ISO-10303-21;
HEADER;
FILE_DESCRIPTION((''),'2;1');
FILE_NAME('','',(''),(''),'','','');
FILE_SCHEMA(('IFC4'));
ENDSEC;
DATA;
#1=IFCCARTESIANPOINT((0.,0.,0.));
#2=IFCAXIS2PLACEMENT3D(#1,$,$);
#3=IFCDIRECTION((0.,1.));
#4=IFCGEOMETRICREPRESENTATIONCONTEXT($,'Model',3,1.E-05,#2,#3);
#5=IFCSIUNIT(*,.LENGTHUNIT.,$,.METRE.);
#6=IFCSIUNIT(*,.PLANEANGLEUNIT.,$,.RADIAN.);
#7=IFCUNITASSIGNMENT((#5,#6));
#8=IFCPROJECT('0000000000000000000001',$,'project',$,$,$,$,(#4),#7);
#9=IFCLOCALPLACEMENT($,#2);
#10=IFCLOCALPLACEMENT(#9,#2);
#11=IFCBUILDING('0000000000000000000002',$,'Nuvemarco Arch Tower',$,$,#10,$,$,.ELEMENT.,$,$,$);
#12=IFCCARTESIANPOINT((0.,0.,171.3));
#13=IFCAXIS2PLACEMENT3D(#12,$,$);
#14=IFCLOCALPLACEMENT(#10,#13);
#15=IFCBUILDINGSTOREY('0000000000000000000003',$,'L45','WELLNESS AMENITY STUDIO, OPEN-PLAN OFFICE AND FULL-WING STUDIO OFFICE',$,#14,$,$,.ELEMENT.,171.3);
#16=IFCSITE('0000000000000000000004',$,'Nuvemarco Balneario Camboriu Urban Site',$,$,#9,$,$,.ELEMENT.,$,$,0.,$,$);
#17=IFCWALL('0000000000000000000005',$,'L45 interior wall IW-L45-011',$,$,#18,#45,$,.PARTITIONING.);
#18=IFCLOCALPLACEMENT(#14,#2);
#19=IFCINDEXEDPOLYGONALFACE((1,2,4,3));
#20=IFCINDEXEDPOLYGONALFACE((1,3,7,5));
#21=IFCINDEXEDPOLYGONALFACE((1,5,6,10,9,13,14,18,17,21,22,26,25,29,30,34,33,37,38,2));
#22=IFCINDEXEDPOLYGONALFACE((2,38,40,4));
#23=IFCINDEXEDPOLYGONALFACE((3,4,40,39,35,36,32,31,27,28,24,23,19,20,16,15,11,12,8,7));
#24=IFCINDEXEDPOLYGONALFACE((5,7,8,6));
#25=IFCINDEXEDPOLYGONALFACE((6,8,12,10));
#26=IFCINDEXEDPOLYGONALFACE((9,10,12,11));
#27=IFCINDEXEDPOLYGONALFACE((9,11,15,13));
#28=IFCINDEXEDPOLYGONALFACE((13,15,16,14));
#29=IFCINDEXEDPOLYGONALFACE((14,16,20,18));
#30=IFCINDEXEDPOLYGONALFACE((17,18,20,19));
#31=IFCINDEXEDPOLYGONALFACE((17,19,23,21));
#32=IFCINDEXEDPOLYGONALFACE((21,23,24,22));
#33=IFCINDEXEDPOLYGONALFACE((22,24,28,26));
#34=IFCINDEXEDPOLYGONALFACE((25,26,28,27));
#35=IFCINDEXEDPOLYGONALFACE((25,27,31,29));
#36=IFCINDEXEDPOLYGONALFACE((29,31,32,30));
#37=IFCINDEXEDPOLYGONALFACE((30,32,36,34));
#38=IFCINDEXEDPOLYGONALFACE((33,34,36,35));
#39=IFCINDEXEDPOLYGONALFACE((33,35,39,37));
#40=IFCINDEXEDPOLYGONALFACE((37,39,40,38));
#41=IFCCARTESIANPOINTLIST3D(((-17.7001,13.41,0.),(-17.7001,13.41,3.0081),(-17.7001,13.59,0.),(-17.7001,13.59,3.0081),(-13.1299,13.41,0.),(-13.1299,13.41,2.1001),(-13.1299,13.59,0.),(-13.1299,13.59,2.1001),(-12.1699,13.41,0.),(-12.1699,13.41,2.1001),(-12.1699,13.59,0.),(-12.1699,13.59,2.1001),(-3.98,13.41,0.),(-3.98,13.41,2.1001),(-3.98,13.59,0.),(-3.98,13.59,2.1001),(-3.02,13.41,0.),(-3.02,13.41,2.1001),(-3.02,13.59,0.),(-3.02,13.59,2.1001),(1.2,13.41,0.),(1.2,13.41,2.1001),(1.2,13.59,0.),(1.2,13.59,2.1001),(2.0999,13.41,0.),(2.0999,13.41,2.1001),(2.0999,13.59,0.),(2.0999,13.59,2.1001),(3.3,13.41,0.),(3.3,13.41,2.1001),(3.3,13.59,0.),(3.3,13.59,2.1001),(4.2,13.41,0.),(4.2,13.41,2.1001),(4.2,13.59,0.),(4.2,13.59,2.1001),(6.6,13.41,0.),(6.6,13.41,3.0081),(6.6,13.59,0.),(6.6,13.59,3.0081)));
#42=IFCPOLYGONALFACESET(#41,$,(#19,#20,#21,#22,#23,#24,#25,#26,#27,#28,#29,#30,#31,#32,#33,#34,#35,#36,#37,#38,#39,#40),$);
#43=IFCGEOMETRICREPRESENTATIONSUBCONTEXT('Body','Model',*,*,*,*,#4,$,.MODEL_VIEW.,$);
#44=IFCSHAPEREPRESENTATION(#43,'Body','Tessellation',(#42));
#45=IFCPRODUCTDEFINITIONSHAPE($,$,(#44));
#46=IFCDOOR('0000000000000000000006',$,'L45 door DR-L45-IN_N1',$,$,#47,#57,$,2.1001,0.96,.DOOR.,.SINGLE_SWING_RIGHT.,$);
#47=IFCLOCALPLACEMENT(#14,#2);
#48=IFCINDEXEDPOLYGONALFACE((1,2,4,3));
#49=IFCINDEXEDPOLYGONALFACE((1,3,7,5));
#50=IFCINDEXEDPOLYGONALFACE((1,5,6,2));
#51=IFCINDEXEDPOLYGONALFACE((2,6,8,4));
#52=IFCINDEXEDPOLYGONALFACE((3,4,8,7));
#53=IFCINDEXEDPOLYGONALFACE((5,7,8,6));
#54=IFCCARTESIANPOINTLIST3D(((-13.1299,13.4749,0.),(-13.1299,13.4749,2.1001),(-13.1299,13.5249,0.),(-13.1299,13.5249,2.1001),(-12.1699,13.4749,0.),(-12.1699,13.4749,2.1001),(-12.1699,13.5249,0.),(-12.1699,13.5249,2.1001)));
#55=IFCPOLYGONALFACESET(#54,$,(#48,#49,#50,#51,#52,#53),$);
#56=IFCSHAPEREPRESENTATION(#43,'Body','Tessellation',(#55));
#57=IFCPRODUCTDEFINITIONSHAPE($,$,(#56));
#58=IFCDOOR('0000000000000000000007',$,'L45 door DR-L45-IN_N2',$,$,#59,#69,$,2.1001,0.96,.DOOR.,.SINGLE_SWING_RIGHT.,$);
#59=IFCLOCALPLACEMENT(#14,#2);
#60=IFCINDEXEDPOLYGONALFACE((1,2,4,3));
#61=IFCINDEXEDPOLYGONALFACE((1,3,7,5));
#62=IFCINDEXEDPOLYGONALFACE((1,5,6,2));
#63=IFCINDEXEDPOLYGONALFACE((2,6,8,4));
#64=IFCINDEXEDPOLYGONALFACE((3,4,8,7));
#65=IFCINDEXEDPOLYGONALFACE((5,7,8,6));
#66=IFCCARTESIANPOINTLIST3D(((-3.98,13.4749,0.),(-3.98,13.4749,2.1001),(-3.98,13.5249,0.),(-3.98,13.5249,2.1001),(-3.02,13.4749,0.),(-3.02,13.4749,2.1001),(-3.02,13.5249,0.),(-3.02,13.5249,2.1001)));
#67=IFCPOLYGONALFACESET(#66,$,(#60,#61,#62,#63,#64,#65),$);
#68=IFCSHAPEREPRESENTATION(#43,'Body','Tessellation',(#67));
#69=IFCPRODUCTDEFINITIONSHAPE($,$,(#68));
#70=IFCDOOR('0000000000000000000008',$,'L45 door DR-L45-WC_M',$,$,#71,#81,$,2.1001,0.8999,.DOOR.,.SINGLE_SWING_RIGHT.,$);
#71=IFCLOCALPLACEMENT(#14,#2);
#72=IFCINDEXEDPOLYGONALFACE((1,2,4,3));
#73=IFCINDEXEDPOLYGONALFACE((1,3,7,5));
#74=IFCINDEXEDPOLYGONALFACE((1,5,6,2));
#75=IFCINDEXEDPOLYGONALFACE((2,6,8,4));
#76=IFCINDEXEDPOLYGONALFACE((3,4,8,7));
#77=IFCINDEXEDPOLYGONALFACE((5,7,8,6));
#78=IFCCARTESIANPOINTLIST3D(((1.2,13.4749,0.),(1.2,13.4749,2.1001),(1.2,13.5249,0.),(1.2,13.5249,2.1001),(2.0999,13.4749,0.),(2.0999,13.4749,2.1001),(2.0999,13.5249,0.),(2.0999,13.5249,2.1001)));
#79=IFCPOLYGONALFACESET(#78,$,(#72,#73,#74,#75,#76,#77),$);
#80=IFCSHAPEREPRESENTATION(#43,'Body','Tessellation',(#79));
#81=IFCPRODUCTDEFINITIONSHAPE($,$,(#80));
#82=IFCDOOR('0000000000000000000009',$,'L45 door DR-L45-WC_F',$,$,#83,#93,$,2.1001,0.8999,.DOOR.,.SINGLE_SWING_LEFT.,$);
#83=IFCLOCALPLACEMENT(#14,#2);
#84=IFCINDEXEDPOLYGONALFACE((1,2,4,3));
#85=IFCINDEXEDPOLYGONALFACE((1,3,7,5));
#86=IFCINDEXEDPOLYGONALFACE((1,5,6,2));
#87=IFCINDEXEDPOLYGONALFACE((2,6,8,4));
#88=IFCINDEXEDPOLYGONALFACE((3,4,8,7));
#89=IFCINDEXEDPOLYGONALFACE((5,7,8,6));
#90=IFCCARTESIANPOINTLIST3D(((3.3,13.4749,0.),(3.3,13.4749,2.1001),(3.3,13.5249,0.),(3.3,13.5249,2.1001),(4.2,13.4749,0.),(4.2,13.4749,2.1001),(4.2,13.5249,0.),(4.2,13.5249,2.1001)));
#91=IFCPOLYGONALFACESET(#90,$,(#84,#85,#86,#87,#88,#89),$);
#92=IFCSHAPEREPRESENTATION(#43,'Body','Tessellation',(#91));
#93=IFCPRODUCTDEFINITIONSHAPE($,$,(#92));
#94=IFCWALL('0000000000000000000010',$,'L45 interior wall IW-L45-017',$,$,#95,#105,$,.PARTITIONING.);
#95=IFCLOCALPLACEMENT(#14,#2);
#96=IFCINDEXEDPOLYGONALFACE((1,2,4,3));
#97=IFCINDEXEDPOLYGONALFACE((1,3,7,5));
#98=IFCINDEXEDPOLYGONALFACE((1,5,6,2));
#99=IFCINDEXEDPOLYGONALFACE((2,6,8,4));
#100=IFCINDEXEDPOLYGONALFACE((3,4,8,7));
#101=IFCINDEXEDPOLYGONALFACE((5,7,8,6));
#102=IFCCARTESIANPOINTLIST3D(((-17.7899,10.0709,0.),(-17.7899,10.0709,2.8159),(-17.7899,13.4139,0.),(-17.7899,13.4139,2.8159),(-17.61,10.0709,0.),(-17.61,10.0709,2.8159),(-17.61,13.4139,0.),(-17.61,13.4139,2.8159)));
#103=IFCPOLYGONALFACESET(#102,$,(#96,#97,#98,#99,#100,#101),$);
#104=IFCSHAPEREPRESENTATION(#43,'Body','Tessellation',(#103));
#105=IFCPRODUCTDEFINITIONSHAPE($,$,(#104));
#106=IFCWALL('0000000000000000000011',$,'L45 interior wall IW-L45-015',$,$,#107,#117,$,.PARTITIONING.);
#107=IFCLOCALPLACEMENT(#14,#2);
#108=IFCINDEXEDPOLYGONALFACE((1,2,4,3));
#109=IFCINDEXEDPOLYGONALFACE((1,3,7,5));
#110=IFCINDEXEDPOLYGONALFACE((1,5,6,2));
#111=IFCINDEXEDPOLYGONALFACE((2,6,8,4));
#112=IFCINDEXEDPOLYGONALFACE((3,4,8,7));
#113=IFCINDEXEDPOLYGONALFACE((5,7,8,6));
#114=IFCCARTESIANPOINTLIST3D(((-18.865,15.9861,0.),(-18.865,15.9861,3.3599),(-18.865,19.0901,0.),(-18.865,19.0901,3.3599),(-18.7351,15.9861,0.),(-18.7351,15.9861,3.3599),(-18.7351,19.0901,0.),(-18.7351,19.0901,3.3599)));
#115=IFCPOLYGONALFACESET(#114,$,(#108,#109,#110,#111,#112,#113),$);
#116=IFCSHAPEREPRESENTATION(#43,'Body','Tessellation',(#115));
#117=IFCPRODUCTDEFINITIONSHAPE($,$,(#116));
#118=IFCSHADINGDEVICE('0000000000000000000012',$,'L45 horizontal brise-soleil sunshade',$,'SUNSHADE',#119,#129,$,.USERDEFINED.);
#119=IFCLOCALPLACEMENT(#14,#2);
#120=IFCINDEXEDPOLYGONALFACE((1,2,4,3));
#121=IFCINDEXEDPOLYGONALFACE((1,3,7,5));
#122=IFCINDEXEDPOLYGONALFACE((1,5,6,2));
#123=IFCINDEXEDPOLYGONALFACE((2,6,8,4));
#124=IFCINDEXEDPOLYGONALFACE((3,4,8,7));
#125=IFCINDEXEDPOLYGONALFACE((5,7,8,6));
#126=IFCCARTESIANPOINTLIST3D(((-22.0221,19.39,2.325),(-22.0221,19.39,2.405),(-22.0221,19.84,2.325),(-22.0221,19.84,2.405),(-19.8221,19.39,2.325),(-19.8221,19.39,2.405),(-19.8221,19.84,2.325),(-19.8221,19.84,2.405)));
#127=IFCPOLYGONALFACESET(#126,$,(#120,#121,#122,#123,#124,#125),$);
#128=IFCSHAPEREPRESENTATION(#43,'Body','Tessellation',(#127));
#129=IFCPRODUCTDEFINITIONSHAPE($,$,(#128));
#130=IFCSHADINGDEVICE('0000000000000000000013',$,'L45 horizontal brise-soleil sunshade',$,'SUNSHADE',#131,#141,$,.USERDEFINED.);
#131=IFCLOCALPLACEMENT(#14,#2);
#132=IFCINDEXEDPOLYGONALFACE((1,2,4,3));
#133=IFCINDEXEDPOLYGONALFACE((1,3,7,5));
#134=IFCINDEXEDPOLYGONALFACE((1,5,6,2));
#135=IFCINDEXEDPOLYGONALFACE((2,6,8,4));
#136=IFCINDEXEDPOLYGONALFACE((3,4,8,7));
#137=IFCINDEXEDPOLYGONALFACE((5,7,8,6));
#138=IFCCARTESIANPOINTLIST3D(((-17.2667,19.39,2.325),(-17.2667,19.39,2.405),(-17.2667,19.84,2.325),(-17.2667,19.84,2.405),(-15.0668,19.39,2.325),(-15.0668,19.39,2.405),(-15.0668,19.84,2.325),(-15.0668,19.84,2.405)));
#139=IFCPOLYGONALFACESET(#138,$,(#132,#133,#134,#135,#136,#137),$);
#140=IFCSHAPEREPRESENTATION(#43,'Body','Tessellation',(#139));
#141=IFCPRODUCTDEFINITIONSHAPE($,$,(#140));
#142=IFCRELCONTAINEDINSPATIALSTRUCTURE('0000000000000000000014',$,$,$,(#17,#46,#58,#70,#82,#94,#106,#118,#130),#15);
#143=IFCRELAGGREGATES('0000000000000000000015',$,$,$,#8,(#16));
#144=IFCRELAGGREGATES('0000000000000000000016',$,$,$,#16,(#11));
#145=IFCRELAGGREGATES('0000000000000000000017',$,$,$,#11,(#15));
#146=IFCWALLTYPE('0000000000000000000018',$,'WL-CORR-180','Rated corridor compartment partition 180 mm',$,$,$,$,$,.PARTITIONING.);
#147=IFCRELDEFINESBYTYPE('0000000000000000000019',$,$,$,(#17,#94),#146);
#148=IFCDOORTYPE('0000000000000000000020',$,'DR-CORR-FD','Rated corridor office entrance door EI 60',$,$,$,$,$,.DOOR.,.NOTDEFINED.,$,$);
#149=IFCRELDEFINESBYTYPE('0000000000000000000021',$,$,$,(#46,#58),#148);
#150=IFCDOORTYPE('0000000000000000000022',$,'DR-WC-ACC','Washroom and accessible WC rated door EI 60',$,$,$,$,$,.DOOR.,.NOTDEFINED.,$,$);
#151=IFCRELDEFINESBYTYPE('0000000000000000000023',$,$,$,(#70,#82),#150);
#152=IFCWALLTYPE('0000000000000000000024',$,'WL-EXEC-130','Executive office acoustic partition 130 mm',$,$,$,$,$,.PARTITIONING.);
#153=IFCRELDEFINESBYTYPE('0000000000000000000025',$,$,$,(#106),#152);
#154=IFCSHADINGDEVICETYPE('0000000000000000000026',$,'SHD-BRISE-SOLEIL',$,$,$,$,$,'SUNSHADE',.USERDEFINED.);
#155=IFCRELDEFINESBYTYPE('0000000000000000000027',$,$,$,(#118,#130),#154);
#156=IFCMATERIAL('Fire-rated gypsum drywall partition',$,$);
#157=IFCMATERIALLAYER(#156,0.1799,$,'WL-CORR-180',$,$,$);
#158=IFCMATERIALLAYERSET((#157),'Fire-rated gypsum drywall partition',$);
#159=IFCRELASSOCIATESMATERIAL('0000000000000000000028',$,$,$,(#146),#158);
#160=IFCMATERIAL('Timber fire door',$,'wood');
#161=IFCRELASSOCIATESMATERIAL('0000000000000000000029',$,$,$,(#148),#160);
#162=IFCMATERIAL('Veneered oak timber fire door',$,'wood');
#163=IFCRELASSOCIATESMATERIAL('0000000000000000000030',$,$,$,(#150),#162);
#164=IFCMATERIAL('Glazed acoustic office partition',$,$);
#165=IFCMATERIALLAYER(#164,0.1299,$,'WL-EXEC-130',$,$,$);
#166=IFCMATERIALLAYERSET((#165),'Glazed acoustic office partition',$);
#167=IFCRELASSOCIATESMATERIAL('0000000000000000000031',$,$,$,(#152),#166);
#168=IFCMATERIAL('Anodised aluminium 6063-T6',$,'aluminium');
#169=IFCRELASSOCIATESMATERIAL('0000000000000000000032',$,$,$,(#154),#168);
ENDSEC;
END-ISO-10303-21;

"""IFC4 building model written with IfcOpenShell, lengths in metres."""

from ifc_helpers import new_model, si_unit, direction, frame, frame_2d, origin, origin_2d, place, context, subcontext, project, spatial, rectangle, extrude, source, transform, mapped, material, layer, layer_set, type_object, type_shapes, element, fill, save


model = new_model("IFC4")

# Units and contexts
model_context = context("Model", 3, precision=1e-05, world=origin(), true_north=direction((0.0, 1.0)))
body_context = subcontext(model_context, "Body", "Model", "MODEL_VIEW")
ifc_project = project(units=[si_unit("LENGTHUNIT", "METRE"), si_unit("PLANEANGLEUNIT", "RADIAN")], contexts=[model_context])

# Site, building, storey
site_placement = place(None, origin())
site = spatial("IfcSite", under=ifc_project, at=site_placement, Name="Nuvemarco Balneario Camboriu Urban Site", CompositionType="ELEMENT", RefElevation=0.0)
building_placement = place(site_placement, origin())
building = spatial("IfcBuilding", under=site, at=building_placement, Name="Nuvemarco Arch Tower", CompositionType="ELEMENT")
storey_placement = place(building_placement, frame((0.0, 0.0, 171.3)))
storey = spatial("IfcBuildingStorey", under=building, at=storey_placement, Name="L45", Description="WELLNESS AMENITY STUDIO, OPEN-PLAN OFFICE AND FULL-WING STUDIO OFFICE", CompositionType="ELEMENT", Elevation=171.3)

# Wall, openings, doors
ifc_material_1 = material(Name="Fire-rated gypsum drywall partition")
ifc_layer_1 = layer(ifc_material_1, 0.1799, Name="WL-CORR-180")
ifc_layer_set_1 = layer_set([ifc_layer_1], Name="Fire-rated gypsum drywall partition")
wall_type_1 = type_object("IfcWallType", Name="WL-CORR-180", Description="Rated corridor compartment partition 180 mm", PredefinedType="PARTITIONING", material=ifc_layer_set_1)
wall_1_placement = place(storey_placement, frame((-17.7, 13.5, 0.0), z_axis=(0.0, 0.0, 1.0), x_axis=(1.0, 0.0, 0.0)))
wall_1 = element("IfcWall", 1, at=wall_1_placement, inside=storey, type_object=wall_type_1, Name="L45 interior wall IW-L45-011", PredefinedType="PARTITIONING", context=body_context, shape_type="SweptSolid", body=[
    extrude(rectangle(XDim=24.3, YDim=0.1799, at=frame_2d((12.1499, 0.0))), origin(), (0.0, 0.0, 1.0), 3.0081),
])
opening_1_placement = place(wall_1_placement, frame((4.5701, 0.0, 0.0)))
opening_1 = element("IfcOpeningElement", 2, at=opening_1_placement, cuts=wall_1, PredefinedType="OPENING", context=body_context, shape_type="SweptSolid", body=[
    extrude(rectangle(XDim=0.96, YDim=2.1001, at=frame_2d((0.48, 1.05))), frame((0.0, 0.0999, 0.0), z_axis=(0.0, -1.0, 0.0), x_axis=(1.0, 0.0, 0.0)), (0.0, 0.0, 1.0), 0.2),
])
opening_2_placement = place(wall_1_placement, frame((13.72, 0.0, 0.0)))
opening_2 = element("IfcOpeningElement", 3, at=opening_2_placement, cuts=wall_1, PredefinedType="OPENING", context=body_context, shape_type="SweptSolid", body=[
    extrude(rectangle(XDim=0.96, YDim=2.1001, at=frame_2d((0.48, 1.05))), frame((0.0, 0.0999, 0.0), z_axis=(0.0, -1.0, 0.0), x_axis=(1.0, 0.0, 0.0)), (0.0, 0.0, 1.0), 0.2),
])
opening_3_placement = place(wall_1_placement, frame((18.8999, 0.0, 0.0)))
opening_3 = element("IfcOpeningElement", 4, at=opening_3_placement, cuts=wall_1, PredefinedType="OPENING", context=body_context, shape_type="SweptSolid", body=[
    extrude(rectangle(XDim=0.8999, YDim=2.1001, at=frame_2d((0.45, 1.05))), frame((0.0, 0.0999, 0.0), z_axis=(0.0, -1.0, 0.0), x_axis=(1.0, 0.0, 0.0)), (0.0, 0.0, 1.0), 0.2),
])
opening_4_placement = place(wall_1_placement, frame((21.0, 0.0, 0.0)))
opening_4 = element("IfcOpeningElement", 5, at=opening_4_placement, cuts=wall_1, PredefinedType="OPENING", context=body_context, shape_type="SweptSolid", body=[
    extrude(rectangle(XDim=0.8999, YDim=2.1001, at=frame_2d((0.45, 1.05))), frame((0.0, 0.0999, 0.0), z_axis=(0.0, -1.0, 0.0), x_axis=(1.0, 0.0, 0.0)), (0.0, 0.0, 1.0), 0.2),
])
ifc_material_2 = material(Name="Timber fire door", Category="wood")
door_type_1 = type_object("IfcDoorType", Name="DR-CORR-FD", Description="Rated corridor office entrance door EI 60", OperationType="NOTDEFINED", PredefinedType="DOOR", material=ifc_material_2)
shared_shape_1 = source(origin(), body_context, "Body", "SweptSolid", [
    extrude(rectangle(XDim=0.96, YDim=2.1001, at=frame_2d((0.48, 1.05))), frame((0.0, 0.0249, 0.0), z_axis=(0.0, -1.0, 0.0), x_axis=(1.0, 0.0, 0.0)), (0.0, 0.0, 1.0), 0.05),
])
type_shapes(door_type_1, [shared_shape_1])
door_1_placement = place(opening_1_placement, origin())
door_1 = element("IfcDoor", 6, at=door_1_placement, inside=storey, type_object=door_type_1, Name="L45 door DR-L45-IN_N1", OperationType="SINGLE_SWING_RIGHT", OverallHeight=2.1001, OverallWidth=0.96, PredefinedType="DOOR", context=body_context, shape_type="MappedRepresentation", body=[
    mapped(shared_shape_1, transform((0.0, 0.0, 0.0), scale=1.0)),
])
fill(opening_1, door_1)
door_2_placement = place(opening_2_placement, origin())
door_2 = element("IfcDoor", 7, at=door_2_placement, inside=storey, type_object=door_type_1, Name="L45 door DR-L45-IN_N2", OperationType="SINGLE_SWING_RIGHT", OverallHeight=2.1001, OverallWidth=0.96, PredefinedType="DOOR", context=body_context, shape_type="MappedRepresentation", body=[
    mapped(shared_shape_1, transform((0.0, 0.0, 0.0), scale=1.0)),
])
fill(opening_2, door_2)
ifc_material_3 = material(Name="Veneered oak timber fire door", Category="wood")
door_type_2 = type_object("IfcDoorType", Name="DR-WC-ACC", Description="Washroom and accessible WC rated door EI 60", OperationType="NOTDEFINED", PredefinedType="DOOR", material=ifc_material_3)
shared_shape_2 = source(origin(), body_context, "Body", "SweptSolid", [
    extrude(rectangle(XDim=0.8999, YDim=2.1001, at=frame_2d((0.45, 1.05))), frame((0.0, 0.0249, 0.0), z_axis=(0.0, -1.0, 0.0), x_axis=(1.0, 0.0, 0.0)), (0.0, 0.0, 1.0), 0.05),
])
type_shapes(door_type_2, [shared_shape_2])
door_3_placement = place(opening_3_placement, origin())
door_3 = element("IfcDoor", 8, at=door_3_placement, inside=storey, type_object=door_type_2, Name="L45 door DR-L45-WC_M", OperationType="SINGLE_SWING_RIGHT", OverallHeight=2.1001, OverallWidth=0.8999, PredefinedType="DOOR", context=body_context, shape_type="MappedRepresentation", body=[
    mapped(shared_shape_2, transform((0.0, 0.0, 0.0), scale=1.0)),
])
fill(opening_3, door_3)
door_4_placement = place(opening_4_placement, origin())
door_4 = element("IfcDoor", 9, at=door_4_placement, inside=storey, type_object=door_type_2, Name="L45 door DR-L45-WC_F", OperationType="SINGLE_SWING_LEFT", OverallHeight=2.1001, OverallWidth=0.8999, PredefinedType="DOOR", context=body_context, shape_type="MappedRepresentation", body=[
    mapped(shared_shape_2, transform((0.0, 0.0, 0.0), scale=1.0)),
])
fill(opening_4, door_4)

# Walls
wall_2_placement = place(storey_placement, frame((-17.7, 10.071, 0.0), z_axis=(0.0, 0.0, 1.0), x_axis=(0.0, 1.0, 0.0)))
element("IfcWall", 10, at=wall_2_placement, inside=storey, type_object=wall_type_1, Name="L45 interior wall IW-L45-017", PredefinedType="PARTITIONING", context=body_context, shape_type="SweptSolid", body=[
    extrude(rectangle(XDim=3.343, YDim=0.1799, at=frame_2d((1.6714, 0.0))), origin(), (0.0, 0.0, 1.0), 2.8159),
])
ifc_material_4 = material(Name="Glazed acoustic office partition")
ifc_layer_2 = layer(ifc_material_4, 0.1299, Name="WL-EXEC-130")
ifc_layer_set_2 = layer_set([ifc_layer_2], Name="Glazed acoustic office partition")
wall_type_2 = type_object("IfcWallType", Name="WL-EXEC-130", Description="Executive office acoustic partition 130 mm", PredefinedType="PARTITIONING", material=ifc_layer_set_2)
wall_3_placement = place(storey_placement, frame((-18.8, 15.9861, 0.0), z_axis=(0.0, 0.0, 1.0), x_axis=(0.0, 1.0, 0.0)))
element("IfcWall", 11, at=wall_3_placement, inside=storey, type_object=wall_type_2, Name="L45 interior wall IW-L45-015", PredefinedType="PARTITIONING", context=body_context, shape_type="SweptSolid", body=[
    extrude(rectangle(XDim=3.104, YDim=0.1299, at=frame_2d((1.552, 0.0))), origin(), (0.0, 0.0, 1.0), 3.3599),
])

# Shading devices
ifc_material_5 = material(Name="Anodised aluminium 6063-T6", Category="aluminium")
shading_device_type = type_object("IfcShadingDeviceType", Name="SHD-BRISE-SOLEIL", ElementType="SUNSHADE", PredefinedType="USERDEFINED", material=ifc_material_5)
shared_shape_3 = source(origin(), body_context, "Body", "SweptSolid", [
    extrude(rectangle(XDim=2.2, YDim=0.45, at=origin_2d()), origin(), (0.0, 0.0, 1.0), 0.0801),
])
type_shapes(shading_device_type, [shared_shape_3])
for number, where, z_axis, x_axis, name in (
    (12, (-20.9221, 19.615, 2.325), (0.0, 0.0, 1.0), (1.0, 0.0, 0.0), "L45 horizontal brise-soleil sunshade"),
    (13, (-16.1667, 19.615, 2.325), (0.0, 0.0, 1.0), (1.0, 0.0, 0.0), "L45 horizontal brise-soleil sunshade"),
):
    element("IfcShadingDevice", number, at=place(storey_placement, frame(where, z_axis=z_axis, x_axis=x_axis)), inside=storey, type_object=shading_device_type, Name=name, ObjectType="SUNSHADE", PredefinedType="USERDEFINED", context=body_context, shape_type="MappedRepresentation", body=[
        mapped(shared_shape_3, transform((0.0, 0.0, 0.0), scale=1.0)),
    ])

save(model, "model.ifc")
